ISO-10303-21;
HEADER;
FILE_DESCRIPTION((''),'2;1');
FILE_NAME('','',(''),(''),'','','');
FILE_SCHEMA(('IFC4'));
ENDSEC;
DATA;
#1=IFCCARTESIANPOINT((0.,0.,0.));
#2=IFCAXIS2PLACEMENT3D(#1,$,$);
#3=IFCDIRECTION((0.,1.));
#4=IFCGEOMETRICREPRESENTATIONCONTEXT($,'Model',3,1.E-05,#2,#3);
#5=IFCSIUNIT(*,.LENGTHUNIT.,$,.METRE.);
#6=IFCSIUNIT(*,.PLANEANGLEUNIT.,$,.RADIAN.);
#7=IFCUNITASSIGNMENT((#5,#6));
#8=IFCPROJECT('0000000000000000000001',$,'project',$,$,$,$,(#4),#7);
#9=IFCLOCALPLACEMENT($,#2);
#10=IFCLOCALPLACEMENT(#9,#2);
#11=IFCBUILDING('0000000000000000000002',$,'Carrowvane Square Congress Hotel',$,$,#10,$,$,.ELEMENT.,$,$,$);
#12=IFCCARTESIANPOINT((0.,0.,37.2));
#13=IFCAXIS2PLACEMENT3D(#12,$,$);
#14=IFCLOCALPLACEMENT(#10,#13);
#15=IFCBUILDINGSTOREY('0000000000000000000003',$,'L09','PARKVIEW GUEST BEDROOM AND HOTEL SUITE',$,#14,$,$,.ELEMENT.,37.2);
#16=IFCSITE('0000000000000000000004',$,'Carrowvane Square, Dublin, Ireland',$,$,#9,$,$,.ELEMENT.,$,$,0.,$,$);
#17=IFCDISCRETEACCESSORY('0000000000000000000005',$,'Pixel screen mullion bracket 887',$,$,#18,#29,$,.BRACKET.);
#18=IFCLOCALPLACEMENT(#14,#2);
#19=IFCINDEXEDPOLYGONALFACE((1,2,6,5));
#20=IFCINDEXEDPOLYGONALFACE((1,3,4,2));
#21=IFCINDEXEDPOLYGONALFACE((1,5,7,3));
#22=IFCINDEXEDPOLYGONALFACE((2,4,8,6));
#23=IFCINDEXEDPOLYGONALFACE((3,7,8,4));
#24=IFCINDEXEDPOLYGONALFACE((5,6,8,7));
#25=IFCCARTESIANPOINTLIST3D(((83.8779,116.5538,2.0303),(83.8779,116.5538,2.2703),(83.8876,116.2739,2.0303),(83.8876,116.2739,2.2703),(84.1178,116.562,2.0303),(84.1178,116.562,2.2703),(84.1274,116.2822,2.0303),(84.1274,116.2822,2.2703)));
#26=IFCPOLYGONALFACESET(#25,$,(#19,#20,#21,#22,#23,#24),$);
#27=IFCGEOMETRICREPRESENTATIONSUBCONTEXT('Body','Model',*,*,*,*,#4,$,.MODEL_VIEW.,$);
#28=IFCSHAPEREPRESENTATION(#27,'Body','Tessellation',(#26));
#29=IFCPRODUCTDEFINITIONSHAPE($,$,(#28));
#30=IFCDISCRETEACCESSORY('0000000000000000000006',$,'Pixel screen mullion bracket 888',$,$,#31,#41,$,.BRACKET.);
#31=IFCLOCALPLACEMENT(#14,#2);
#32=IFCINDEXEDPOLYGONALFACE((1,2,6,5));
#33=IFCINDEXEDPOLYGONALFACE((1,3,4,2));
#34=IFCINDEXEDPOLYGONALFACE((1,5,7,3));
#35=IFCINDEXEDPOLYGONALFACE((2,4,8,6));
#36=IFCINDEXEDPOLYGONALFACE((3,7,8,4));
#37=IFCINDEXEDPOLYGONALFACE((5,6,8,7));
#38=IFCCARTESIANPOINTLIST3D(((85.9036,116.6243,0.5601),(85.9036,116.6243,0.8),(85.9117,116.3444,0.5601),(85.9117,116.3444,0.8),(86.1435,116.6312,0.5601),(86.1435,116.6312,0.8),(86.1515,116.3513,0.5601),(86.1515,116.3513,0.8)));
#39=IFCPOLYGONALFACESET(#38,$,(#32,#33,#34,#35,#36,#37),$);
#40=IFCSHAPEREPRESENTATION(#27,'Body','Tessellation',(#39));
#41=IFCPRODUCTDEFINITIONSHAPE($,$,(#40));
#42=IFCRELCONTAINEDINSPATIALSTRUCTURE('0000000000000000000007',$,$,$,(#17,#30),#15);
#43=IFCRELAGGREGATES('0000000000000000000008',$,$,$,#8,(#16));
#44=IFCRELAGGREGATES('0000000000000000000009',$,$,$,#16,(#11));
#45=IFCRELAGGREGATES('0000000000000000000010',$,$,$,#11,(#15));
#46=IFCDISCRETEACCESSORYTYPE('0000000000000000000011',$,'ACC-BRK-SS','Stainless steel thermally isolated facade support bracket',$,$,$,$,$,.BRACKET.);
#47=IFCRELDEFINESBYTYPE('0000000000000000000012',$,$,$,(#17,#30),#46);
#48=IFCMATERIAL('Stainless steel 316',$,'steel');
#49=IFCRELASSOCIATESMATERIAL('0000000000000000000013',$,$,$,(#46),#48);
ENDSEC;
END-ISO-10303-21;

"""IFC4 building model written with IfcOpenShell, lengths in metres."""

from ifc_helpers import new_model, si_unit, direction, frame, origin, origin_2d, place, context, subcontext, project, spatial, rectangle, extrude, material, type_object, element, save


model = new_model("IFC4")

# Units and contexts
model_context = context("Model", 3, precision=1e-05, world=origin(), true_north=direction((0.0, 1.0)))
body_context = subcontext(model_context, "Body", "Model", "MODEL_VIEW")
ifc_project = project(units=[si_unit("LENGTHUNIT", "METRE"), si_unit("PLANEANGLEUNIT", "RADIAN")], contexts=[model_context])

# Site, building, storey
site_placement = place(None, origin())
site = spatial("IfcSite", under=ifc_project, at=site_placement, Name="Carrowvane Square, Dublin, Ireland", CompositionType="ELEMENT", RefElevation=0.0)
building_placement = place(site_placement, origin())
building = spatial("IfcBuilding", under=site, at=building_placement, Name="Carrowvane Square Congress Hotel", CompositionType="ELEMENT")
storey_placement = place(building_placement, frame((0.0, 0.0, 37.2)))
storey = spatial("IfcBuildingStorey", under=building, at=storey_placement, Name="L09", Description="PARKVIEW GUEST BEDROOM AND HOTEL SUITE", CompositionType="ELEMENT", Elevation=37.2)

# Discrete accessories
ifc_material_1 = material(Name="Stainless steel 316", Category="steel")
discrete_accessory_type = type_object("IfcDiscreteAccessoryType", Name="ACC-BRK-SS", Description="Stainless steel thermally isolated facade support bracket", PredefinedType="BRACKET", material=ifc_material_1)
for number, where, z_axis, x_axis, name in (
    (1, (84.0027, 116.418, 2.0303), (0.0, 0.0, 1.0), (0.999404, 0.034527, 0.0), "Pixel screen mullion bracket 887"),
    (2, (86.0276, 116.4878, 0.5601), (0.0, 0.0, 1.0), (0.99959, 0.028639, 0.0), "Pixel screen mullion bracket 888"),
):
    element("IfcDiscreteAccessory", number, at=place(storey_placement, frame(where, z_axis=z_axis, x_axis=x_axis)), inside=storey, type_object=discrete_accessory_type, Name=name, PredefinedType="BRACKET", context=body_context, shape_type="SweptSolid", body=[
        extrude(rectangle(XDim=0.24, YDim=0.28, at=origin_2d()), origin(), (0.0, 0.0, 1.0), 0.24),
    ])

save(model, "model.ifc")
